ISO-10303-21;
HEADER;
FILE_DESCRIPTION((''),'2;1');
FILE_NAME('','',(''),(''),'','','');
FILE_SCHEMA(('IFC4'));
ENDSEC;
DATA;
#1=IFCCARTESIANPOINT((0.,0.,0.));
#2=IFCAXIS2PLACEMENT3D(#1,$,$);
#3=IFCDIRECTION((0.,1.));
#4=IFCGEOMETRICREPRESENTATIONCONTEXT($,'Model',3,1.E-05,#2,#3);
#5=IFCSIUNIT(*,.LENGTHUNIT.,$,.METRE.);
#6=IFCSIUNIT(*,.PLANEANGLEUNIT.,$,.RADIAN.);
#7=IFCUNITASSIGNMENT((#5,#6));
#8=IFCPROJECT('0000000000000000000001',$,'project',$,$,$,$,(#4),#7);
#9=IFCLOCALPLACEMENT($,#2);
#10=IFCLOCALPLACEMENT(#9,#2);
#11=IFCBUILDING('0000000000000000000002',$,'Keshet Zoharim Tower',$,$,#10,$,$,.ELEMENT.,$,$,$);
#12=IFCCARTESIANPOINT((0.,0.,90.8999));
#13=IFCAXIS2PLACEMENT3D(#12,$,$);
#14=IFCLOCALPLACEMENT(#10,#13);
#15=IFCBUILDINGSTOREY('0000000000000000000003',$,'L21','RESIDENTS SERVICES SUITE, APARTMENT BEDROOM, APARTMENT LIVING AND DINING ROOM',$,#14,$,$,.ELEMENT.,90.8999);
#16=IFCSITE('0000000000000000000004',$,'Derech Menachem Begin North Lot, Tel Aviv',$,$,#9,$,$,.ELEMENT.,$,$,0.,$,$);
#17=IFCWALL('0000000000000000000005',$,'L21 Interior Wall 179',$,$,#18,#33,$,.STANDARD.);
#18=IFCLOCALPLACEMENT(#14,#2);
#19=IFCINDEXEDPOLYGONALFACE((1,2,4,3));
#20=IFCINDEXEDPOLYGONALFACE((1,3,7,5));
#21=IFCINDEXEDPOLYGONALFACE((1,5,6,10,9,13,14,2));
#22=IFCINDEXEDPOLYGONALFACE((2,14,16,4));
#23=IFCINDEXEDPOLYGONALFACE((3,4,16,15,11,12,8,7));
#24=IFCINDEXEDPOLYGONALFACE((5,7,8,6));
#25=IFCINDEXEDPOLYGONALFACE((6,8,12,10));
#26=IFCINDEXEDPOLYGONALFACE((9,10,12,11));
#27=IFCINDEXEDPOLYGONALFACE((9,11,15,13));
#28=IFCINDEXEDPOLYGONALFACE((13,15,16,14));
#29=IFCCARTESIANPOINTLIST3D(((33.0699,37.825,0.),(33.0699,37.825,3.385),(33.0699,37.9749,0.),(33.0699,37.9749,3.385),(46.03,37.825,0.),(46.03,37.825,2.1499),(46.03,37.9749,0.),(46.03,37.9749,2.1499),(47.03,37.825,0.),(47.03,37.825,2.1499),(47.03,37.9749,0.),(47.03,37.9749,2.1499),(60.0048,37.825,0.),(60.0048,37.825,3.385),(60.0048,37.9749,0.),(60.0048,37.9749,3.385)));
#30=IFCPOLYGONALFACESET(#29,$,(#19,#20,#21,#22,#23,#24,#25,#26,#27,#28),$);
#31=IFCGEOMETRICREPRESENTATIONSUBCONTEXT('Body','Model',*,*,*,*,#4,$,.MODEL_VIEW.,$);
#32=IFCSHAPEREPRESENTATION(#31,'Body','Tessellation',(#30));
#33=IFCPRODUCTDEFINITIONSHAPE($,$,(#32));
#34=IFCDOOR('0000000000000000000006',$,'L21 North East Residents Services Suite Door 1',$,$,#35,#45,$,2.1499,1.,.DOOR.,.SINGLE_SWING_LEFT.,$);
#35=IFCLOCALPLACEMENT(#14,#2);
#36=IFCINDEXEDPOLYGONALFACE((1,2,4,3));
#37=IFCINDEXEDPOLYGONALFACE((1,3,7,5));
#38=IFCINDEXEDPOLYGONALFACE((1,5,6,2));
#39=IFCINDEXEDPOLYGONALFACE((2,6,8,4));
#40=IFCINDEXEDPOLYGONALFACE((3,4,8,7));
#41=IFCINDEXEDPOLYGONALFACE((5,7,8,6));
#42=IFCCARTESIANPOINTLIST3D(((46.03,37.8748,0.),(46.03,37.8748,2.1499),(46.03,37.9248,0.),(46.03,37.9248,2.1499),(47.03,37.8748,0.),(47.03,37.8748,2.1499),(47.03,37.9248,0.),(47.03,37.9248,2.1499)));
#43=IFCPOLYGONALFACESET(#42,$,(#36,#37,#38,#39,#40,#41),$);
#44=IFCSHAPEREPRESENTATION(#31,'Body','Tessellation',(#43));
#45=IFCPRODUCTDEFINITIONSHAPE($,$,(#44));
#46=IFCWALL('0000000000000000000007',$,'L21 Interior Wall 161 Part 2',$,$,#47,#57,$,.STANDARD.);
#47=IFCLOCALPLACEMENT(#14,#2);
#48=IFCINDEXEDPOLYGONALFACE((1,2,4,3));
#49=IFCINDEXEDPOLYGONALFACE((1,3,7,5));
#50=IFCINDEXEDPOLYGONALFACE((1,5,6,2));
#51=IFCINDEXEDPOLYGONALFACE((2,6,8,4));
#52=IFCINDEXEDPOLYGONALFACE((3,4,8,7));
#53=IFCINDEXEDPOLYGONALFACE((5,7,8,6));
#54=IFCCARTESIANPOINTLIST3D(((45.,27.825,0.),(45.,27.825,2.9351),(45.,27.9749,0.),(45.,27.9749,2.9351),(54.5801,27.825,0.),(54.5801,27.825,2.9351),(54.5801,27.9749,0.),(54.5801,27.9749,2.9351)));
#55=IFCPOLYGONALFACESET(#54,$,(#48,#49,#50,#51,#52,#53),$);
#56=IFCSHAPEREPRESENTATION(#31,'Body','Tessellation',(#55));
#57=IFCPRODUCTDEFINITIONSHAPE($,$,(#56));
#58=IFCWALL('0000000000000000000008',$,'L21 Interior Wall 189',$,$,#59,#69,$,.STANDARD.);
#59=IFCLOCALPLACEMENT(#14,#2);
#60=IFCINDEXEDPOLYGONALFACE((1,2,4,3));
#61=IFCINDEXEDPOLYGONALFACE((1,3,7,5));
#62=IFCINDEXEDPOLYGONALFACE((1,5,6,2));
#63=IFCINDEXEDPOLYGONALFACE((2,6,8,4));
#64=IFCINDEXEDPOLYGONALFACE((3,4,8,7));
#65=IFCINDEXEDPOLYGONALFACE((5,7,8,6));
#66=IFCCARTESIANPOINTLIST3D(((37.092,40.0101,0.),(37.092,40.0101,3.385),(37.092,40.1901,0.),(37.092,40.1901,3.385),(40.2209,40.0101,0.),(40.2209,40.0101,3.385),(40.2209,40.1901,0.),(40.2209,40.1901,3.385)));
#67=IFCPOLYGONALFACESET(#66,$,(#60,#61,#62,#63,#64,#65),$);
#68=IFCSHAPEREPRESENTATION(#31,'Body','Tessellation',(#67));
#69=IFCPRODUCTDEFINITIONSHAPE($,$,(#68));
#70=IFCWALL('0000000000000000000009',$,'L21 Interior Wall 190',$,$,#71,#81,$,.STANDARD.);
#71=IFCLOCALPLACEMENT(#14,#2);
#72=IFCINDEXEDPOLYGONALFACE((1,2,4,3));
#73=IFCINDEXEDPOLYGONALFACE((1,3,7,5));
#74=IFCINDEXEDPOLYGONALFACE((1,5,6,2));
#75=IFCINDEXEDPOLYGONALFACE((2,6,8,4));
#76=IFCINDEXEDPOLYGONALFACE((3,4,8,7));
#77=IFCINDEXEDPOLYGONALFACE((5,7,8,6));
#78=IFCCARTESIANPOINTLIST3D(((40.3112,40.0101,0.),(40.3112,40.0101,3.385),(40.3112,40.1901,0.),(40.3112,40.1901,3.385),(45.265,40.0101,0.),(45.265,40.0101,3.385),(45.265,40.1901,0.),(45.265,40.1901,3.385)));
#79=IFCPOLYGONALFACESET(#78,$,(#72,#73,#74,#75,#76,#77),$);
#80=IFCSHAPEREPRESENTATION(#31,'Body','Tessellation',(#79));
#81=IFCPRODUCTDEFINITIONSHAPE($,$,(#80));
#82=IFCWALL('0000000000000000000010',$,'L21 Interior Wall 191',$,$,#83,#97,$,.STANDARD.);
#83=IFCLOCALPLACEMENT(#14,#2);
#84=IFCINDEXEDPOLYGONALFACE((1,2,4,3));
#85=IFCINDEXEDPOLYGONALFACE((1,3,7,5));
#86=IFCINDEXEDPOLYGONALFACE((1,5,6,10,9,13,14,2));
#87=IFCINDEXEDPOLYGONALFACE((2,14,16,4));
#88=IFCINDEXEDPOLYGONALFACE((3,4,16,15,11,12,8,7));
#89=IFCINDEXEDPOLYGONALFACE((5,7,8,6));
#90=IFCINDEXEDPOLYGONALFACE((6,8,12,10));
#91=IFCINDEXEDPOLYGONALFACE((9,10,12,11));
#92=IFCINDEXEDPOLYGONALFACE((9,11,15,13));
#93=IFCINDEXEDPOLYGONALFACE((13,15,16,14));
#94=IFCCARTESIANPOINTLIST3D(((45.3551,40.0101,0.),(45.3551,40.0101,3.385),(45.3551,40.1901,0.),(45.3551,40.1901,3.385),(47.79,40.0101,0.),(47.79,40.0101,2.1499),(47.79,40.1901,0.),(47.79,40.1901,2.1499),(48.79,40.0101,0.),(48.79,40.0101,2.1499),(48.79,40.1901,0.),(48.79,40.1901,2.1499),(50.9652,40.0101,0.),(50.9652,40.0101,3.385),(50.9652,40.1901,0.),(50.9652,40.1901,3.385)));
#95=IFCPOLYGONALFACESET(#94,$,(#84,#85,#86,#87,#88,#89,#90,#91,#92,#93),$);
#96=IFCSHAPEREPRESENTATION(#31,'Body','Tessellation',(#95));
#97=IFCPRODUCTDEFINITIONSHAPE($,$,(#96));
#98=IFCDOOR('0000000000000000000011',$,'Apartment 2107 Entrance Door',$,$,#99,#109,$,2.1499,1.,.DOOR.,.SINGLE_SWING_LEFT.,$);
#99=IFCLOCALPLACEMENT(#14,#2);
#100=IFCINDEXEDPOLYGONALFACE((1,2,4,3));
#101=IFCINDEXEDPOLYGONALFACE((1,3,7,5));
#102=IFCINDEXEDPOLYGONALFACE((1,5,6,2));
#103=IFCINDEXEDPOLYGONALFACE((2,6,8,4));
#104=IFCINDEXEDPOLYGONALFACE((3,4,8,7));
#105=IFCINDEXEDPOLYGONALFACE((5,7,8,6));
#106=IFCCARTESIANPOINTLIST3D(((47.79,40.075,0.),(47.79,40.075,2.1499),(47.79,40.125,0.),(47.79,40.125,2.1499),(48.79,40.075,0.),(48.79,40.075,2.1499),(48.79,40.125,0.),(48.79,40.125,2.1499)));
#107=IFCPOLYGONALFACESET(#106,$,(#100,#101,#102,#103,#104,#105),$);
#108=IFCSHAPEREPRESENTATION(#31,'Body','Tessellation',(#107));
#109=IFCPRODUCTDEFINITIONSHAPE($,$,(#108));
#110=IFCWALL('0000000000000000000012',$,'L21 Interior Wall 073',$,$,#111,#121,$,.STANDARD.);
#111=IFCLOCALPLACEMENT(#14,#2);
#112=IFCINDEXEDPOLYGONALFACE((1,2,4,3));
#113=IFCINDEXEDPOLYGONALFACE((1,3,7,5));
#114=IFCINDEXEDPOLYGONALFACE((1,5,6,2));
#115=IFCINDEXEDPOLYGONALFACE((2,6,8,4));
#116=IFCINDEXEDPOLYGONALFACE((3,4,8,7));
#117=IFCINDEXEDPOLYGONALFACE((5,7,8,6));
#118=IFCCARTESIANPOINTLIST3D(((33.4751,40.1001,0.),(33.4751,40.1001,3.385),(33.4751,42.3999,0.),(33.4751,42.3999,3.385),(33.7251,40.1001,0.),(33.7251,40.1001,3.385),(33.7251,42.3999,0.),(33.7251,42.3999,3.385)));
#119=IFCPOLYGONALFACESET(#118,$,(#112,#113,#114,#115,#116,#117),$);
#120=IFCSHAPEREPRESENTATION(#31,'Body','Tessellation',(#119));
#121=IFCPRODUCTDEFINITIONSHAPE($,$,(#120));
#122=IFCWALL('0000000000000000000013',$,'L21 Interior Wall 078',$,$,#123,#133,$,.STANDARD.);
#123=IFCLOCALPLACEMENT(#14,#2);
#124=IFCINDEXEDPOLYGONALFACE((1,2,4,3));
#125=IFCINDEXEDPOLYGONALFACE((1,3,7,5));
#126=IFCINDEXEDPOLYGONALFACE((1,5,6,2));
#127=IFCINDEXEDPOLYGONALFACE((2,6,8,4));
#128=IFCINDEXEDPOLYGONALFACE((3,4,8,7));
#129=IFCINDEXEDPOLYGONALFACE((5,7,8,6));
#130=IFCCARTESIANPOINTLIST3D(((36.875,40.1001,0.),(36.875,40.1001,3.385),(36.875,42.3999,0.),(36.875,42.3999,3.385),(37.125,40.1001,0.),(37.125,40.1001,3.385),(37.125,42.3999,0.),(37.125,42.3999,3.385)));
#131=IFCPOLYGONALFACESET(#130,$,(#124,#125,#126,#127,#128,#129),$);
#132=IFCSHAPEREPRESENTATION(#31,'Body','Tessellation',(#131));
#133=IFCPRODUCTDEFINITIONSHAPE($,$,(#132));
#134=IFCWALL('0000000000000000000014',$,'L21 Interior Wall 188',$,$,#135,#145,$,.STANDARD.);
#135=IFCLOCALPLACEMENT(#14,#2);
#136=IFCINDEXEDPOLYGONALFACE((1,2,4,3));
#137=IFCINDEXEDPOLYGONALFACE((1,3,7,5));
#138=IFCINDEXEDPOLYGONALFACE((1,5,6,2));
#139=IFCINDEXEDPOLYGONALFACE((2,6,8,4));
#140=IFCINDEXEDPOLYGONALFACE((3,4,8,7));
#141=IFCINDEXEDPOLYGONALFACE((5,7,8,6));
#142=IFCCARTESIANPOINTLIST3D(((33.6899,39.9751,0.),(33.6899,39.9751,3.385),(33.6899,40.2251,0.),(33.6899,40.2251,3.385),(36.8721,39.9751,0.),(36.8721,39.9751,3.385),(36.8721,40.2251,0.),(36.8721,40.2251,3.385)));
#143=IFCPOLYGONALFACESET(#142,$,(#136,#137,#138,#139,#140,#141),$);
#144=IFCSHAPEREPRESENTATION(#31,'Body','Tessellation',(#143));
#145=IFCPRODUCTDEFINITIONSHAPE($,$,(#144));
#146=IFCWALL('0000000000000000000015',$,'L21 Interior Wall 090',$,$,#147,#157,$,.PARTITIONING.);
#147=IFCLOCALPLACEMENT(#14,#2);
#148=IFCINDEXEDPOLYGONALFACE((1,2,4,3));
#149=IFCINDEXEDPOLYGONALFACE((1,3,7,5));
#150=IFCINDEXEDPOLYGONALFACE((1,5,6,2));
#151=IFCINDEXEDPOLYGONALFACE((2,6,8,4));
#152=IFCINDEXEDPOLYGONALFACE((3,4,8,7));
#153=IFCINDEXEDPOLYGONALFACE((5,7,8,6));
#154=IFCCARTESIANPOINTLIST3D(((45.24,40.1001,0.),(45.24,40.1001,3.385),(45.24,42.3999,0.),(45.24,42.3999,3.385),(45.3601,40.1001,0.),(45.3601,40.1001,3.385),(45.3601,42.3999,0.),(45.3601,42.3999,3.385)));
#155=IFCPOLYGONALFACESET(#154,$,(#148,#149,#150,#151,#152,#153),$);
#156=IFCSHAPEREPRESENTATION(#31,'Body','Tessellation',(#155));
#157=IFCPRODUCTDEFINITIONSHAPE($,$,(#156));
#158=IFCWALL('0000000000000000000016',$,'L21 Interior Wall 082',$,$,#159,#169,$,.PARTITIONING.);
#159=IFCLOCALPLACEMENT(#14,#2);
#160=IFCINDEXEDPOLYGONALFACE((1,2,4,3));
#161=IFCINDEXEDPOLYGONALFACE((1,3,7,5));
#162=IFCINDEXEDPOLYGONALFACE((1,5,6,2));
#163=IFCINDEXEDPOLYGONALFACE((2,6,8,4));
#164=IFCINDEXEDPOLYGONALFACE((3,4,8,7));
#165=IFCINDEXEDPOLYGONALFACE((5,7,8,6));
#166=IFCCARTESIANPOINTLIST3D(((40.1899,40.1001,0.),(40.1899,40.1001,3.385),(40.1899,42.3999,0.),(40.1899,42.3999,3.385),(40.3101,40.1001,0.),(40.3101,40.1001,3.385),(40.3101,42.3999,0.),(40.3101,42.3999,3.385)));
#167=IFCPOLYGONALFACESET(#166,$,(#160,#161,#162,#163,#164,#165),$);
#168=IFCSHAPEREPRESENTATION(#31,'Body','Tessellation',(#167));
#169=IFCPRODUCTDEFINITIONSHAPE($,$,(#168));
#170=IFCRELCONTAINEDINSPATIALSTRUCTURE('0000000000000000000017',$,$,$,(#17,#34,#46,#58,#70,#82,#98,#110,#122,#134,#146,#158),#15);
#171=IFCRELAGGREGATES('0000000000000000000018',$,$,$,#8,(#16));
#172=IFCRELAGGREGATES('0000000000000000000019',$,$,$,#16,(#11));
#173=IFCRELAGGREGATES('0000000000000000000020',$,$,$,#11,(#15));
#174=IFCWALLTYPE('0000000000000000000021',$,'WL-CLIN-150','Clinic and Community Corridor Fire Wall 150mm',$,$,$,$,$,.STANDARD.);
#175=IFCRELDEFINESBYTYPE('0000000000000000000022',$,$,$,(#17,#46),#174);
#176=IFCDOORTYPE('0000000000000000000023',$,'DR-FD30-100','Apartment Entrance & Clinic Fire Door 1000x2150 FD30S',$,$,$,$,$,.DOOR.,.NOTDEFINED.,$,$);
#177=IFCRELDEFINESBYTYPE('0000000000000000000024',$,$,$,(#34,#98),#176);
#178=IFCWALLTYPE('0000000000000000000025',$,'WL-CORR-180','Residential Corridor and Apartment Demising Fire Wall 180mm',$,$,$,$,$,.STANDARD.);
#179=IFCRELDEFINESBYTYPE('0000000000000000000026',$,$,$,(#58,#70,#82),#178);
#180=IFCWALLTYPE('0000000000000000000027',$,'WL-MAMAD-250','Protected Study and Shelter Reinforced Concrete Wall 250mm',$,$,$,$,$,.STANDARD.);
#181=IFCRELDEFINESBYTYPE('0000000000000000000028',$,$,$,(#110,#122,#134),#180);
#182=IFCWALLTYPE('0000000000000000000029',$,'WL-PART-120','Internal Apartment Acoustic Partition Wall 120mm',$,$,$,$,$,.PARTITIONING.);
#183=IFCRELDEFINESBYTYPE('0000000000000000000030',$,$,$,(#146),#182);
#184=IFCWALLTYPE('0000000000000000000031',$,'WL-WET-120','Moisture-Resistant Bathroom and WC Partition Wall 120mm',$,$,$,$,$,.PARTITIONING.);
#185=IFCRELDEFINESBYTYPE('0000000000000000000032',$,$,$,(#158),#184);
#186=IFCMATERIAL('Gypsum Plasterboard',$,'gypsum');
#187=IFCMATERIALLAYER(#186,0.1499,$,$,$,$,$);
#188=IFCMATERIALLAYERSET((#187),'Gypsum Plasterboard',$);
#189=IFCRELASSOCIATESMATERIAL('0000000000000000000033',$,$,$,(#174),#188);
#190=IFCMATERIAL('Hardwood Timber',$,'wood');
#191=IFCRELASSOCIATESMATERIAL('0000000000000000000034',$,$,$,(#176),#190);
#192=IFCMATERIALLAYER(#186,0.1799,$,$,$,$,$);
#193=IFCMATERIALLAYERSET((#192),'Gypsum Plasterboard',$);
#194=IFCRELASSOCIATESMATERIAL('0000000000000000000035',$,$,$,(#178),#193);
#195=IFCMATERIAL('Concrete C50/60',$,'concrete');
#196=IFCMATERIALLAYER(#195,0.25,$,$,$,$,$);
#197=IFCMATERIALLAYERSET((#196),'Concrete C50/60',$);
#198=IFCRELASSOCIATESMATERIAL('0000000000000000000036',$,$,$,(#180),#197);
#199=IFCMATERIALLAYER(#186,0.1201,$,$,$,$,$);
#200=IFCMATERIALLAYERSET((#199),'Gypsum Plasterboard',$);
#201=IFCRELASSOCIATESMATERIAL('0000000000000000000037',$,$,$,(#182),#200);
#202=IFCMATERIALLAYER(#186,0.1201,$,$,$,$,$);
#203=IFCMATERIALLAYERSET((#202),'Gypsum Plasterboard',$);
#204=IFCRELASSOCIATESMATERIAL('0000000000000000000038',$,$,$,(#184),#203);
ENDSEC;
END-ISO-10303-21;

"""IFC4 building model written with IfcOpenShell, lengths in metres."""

from ifc_helpers import new_model, si_unit, direction, frame, frame_2d, origin, place, context, subcontext, project, spatial, rectangle, extrude, material, layer, layer_set, type_object, element, fill, save


model = new_model("IFC4")

# Units and contexts
model_context = context("Model", 3, precision=1e-05, world=origin(), true_north=direction((0.0, 1.0)))
body_context = subcontext(model_context, "Body", "Model", "MODEL_VIEW")
ifc_project = project(units=[si_unit("LENGTHUNIT", "METRE"), si_unit("PLANEANGLEUNIT", "RADIAN")], contexts=[model_context])

# Site, building, storey
site_placement = place(None, origin())
site = spatial("IfcSite", under=ifc_project, at=site_placement, Name="Derech Menachem Begin North Lot, Tel Aviv", CompositionType="ELEMENT", RefElevation=0.0)
building_placement = place(site_placement, origin())
building = spatial("IfcBuilding", under=site, at=building_placement, Name="Keshet Zoharim Tower", CompositionType="ELEMENT")
storey_placement = place(building_placement, frame((0.0, 0.0, 90.8999)))
storey = spatial("IfcBuildingStorey", under=building, at=storey_placement, Name="L21", Description="RESIDENTS SERVICES SUITE, APARTMENT BEDROOM, APARTMENT LIVING AND DINING ROOM", CompositionType="ELEMENT", Elevation=90.8999)

# Shared definitions
ifc_material_1 = material(Name="Gypsum Plasterboard", Category="gypsum")
ifc_layer_1 = layer(ifc_material_1, 0.1499)
ifc_layer_set_1 = layer_set([ifc_layer_1], Name="Gypsum Plasterboard")
wall_type_1 = type_object("IfcWallType", Name="WL-CLIN-150", Description="Clinic and Community Corridor Fire Wall 150mm", PredefinedType="STANDARD", material=ifc_layer_set_1)

# Wall, opening, door
ifc_material_2 = material(Name="Hardwood Timber", Category="wood")
door_type = type_object("IfcDoorType", Name="DR-FD30-100", Description="Apartment Entrance & Clinic Fire Door 1000x2150 FD30S", OperationType="NOTDEFINED", PredefinedType="DOOR", material=ifc_material_2)
wall_1_placement = place(storey_placement, frame((33.0701, 37.8999, 0.0), z_axis=(0.0, 0.0, 1.0), x_axis=(1.0, 0.0, 0.0)))
wall_1 = element("IfcWall", 1, at=wall_1_placement, inside=storey, type_object=wall_type_1, Name="L21 Interior Wall 179", PredefinedType="STANDARD", context=body_context, shape_type="SweptSolid", body=[
    extrude(rectangle(XDim=26.9348, YDim=0.1499, at=frame_2d((13.4673, 0.0))), origin(), (0.0, 0.0, 1.0), 3.385),
])
opening_1_placement = place(wall_1_placement, frame((12.96, 0.0, 0.0)))
opening_1 = element("IfcOpeningElement", 2, at=opening_1_placement, cuts=wall_1, PredefinedType="OPENING", context=body_context, shape_type="SweptSolid", body=[
    extrude(rectangle(XDim=1.0, YDim=2.1499, at=frame_2d((0.5, 1.075))), frame((0.0, 0.085, 0.0), z_axis=(0.0, -1.0, 0.0), x_axis=(1.0, 0.0, 0.0)), (0.0, 0.0, 1.0), 0.1699),
])
door_1_placement = place(opening_1_placement, origin())
door_1 = element("IfcDoor", 3, at=door_1_placement, inside=storey, type_object=door_type, Name="L21 North East Residents Services Suite Door 1", OperationType="SINGLE_SWING_LEFT", OverallHeight=2.1499, OverallWidth=1.0, PredefinedType="DOOR", context=body_context, shape_type="SweptSolid", body=[
    extrude(rectangle(XDim=1.0, YDim=2.1499, at=frame_2d((0.5, 1.075))), frame((0.0, 0.0249, 0.0), z_axis=(0.0, -1.0, 0.0), x_axis=(1.0, 0.0, 0.0)), (0.0, 0.0, 1.0), 0.05),
])
fill(opening_1, door_1)

# Walls
wall_2_placement = place(storey_placement, frame((45.0, 27.8999, 0.0), z_axis=(0.0, 0.0, 1.0), x_axis=(1.0, 0.0, 0.0)))
element("IfcWall", 4, at=wall_2_placement, inside=storey, type_object=wall_type_1, Name="L21 Interior Wall 161 Part 2", PredefinedType="STANDARD", context=body_context, shape_type="SweptSolid", body=[
    extrude(rectangle(XDim=9.5801, YDim=0.1499, at=frame_2d((4.79, 0.0))), origin(), (0.0, 0.0, 1.0), 2.9351),
])
ifc_layer_2 = layer(ifc_material_1, 0.1799)
ifc_layer_set_2 = layer_set([ifc_layer_2], Name="Gypsum Plasterboard")
wall_type_2 = type_object("IfcWallType", Name="WL-CORR-180", Description="Residential Corridor and Apartment Demising Fire Wall 180mm", PredefinedType="STANDARD", material=ifc_layer_set_2)
wall_3_placement = place(storey_placement, frame((37.092, 40.1001, 0.0), z_axis=(0.0, 0.0, 1.0), x_axis=(1.0, 0.0, 0.0)))
element("IfcWall", 5, at=wall_3_placement, inside=storey, type_object=wall_type_2, Name="L21 Interior Wall 189", PredefinedType="STANDARD", context=body_context, shape_type="SweptSolid", body=[
    extrude(rectangle(XDim=3.1289, YDim=0.1799, at=frame_2d((1.5645, 0.0))), origin(), (0.0, 0.0, 1.0), 3.385),
])
wall_4_placement = place(storey_placement, frame((40.311, 40.1001, 0.0), z_axis=(0.0, 0.0, 1.0), x_axis=(1.0, 0.0, 0.0)))
element("IfcWall", 6, at=wall_4_placement, inside=storey, type_object=wall_type_2, Name="L21 Interior Wall 190", PredefinedType="STANDARD", context=body_context, shape_type="SweptSolid", body=[
    extrude(rectangle(XDim=4.9539, YDim=0.1799, at=frame_2d((2.4771, 0.0))), origin(), (0.0, 0.0, 1.0), 3.385),
])

# Wall, opening, door
wall_5_placement = place(storey_placement, frame((45.355, 40.1001, 0.0), z_axis=(0.0, 0.0, 1.0), x_axis=(1.0, 0.0, 0.0)))
wall_5 = element("IfcWall", 7, at=wall_5_placement, inside=storey, type_object=wall_type_2, Name="L21 Interior Wall 191", PredefinedType="STANDARD", context=body_context, shape_type="SweptSolid", body=[
    extrude(rectangle(XDim=5.6101, YDim=0.1799, at=frame_2d((2.8052, 0.0))), origin(), (0.0, 0.0, 1.0), 3.385),
])
opening_2_placement = place(wall_5_placement, frame((2.4351, 0.0, 0.0)))
opening_2 = element("IfcOpeningElement", 8, at=opening_2_placement, cuts=wall_5, PredefinedType="OPENING", context=body_context, shape_type="SweptSolid", body=[
    extrude(rectangle(XDim=1.0, YDim=2.1499, at=frame_2d((0.5, 1.075))), frame((0.0, 0.1001, 0.0), z_axis=(0.0, -1.0, 0.0), x_axis=(1.0, 0.0, 0.0)), (0.0, 0.0, 1.0), 0.2),
])
door_2_placement = place(opening_2_placement, origin())
door_2 = element("IfcDoor", 9, at=door_2_placement, inside=storey, type_object=door_type, Name="Apartment 2107 Entrance Door", OperationType="SINGLE_SWING_LEFT", OverallHeight=2.1499, OverallWidth=1.0, PredefinedType="DOOR", context=body_context, shape_type="SweptSolid", body=[
    extrude(rectangle(XDim=1.0, YDim=2.1499, at=frame_2d((0.5, 1.075))), frame((0.0, 0.0249, 0.0), z_axis=(0.0, -1.0, 0.0), x_axis=(1.0, 0.0, 0.0)), (0.0, 0.0, 1.0), 0.05),
])
fill(opening_2, door_2)

# Walls
ifc_material_3 = material(Name="Concrete C50/60", Category="concrete")
ifc_layer_3 = layer(ifc_material_3, 0.25)
ifc_layer_set_3 = layer_set([ifc_layer_3], Name="Concrete C50/60")
wall_type_3 = type_object("IfcWallType", Name="WL-MAMAD-250", Description="Protected Study and Shelter Reinforced Concrete Wall 250mm", PredefinedType="STANDARD", material=ifc_layer_set_3)
for number, where, z_axis, x_axis, name in (
    (10, (33.6001, 40.1001, 0.0), (0.0, 0.0, 1.0), (0.0, 1.0, 0.0), "L21 Interior Wall 073"),
    (11, (37.0, 40.1001, 0.0), (0.0, 0.0, 1.0), (0.0, 1.0, 0.0), "L21 Interior Wall 078"),
):
    element("IfcWall", number, at=place(storey_placement, frame(where, z_axis=z_axis, x_axis=x_axis)), inside=storey, type_object=wall_type_3, Name=name, PredefinedType="STANDARD", context=body_context, shape_type="SweptSolid", body=[
        extrude(rectangle(XDim=2.2998, YDim=0.25, at=frame_2d((1.1499, 0.0))), origin(), (0.0, 0.0, 1.0), 3.385),
    ])
wall_6_placement = place(storey_placement, frame((33.6899, 40.1001, 0.0), z_axis=(0.0, 0.0, 1.0), x_axis=(1.0, 0.0, 0.0)))
element("IfcWall", 12, at=wall_6_placement, inside=storey, type_object=wall_type_3, Name="L21 Interior Wall 188", PredefinedType="STANDARD", context=body_context, shape_type="SweptSolid", body=[
    extrude(rectangle(XDim=3.1821, YDim=0.25, at=frame_2d((1.5911, 0.0))), origin(), (0.0, 0.0, 1.0), 3.385),
])
ifc_layer_4 = layer(ifc_material_1, 0.1201)
ifc_layer_set_4 = layer_set([ifc_layer_4], Name="Gypsum Plasterboard")
wall_type_4 = type_object("IfcWallType", Name="WL-PART-120", Description="Internal Apartment Acoustic Partition Wall 120mm", PredefinedType="PARTITIONING", material=ifc_layer_set_4)
wall_7_placement = place(storey_placement, frame((45.3, 40.1001, 0.0), z_axis=(0.0, 0.0, 1.0), x_axis=(0.0, 1.0, 0.0)))
element("IfcWall", 13, at=wall_7_placement, inside=storey, type_object=wall_type_4, Name="L21 Interior Wall 090", PredefinedType="PARTITIONING", context=body_context, shape_type="SweptSolid", body=[
    extrude(rectangle(XDim=2.2998, YDim=0.1201, at=frame_2d((1.1499, 0.0))), origin(), (0.0, 0.0, 1.0), 3.385),
])
ifc_layer_5 = layer(ifc_material_1, 0.1201)
ifc_layer_set_5 = layer_set([ifc_layer_5], Name="Gypsum Plasterboard")
wall_type_5 = type_object("IfcWallType", Name="WL-WET-120", Description="Moisture-Resistant Bathroom and WC Partition Wall 120mm", PredefinedType="PARTITIONING", material=ifc_layer_set_5)
wall_8_placement = place(storey_placement, frame((40.25, 40.1001, 0.0), z_axis=(0.0, 0.0, 1.0), x_axis=(0.0, 1.0, 0.0)))
element("IfcWall", 14, at=wall_8_placement, inside=storey, type_object=wall_type_5, Name="L21 Interior Wall 082", PredefinedType="PARTITIONING", context=body_context, shape_type="SweptSolid", body=[
    extrude(rectangle(XDim=2.2998, YDim=0.1201, at=frame_2d((1.1499, 0.0))), origin(), (0.0, 0.0, 1.0), 3.385),
])

save(model, "model.ifc")
